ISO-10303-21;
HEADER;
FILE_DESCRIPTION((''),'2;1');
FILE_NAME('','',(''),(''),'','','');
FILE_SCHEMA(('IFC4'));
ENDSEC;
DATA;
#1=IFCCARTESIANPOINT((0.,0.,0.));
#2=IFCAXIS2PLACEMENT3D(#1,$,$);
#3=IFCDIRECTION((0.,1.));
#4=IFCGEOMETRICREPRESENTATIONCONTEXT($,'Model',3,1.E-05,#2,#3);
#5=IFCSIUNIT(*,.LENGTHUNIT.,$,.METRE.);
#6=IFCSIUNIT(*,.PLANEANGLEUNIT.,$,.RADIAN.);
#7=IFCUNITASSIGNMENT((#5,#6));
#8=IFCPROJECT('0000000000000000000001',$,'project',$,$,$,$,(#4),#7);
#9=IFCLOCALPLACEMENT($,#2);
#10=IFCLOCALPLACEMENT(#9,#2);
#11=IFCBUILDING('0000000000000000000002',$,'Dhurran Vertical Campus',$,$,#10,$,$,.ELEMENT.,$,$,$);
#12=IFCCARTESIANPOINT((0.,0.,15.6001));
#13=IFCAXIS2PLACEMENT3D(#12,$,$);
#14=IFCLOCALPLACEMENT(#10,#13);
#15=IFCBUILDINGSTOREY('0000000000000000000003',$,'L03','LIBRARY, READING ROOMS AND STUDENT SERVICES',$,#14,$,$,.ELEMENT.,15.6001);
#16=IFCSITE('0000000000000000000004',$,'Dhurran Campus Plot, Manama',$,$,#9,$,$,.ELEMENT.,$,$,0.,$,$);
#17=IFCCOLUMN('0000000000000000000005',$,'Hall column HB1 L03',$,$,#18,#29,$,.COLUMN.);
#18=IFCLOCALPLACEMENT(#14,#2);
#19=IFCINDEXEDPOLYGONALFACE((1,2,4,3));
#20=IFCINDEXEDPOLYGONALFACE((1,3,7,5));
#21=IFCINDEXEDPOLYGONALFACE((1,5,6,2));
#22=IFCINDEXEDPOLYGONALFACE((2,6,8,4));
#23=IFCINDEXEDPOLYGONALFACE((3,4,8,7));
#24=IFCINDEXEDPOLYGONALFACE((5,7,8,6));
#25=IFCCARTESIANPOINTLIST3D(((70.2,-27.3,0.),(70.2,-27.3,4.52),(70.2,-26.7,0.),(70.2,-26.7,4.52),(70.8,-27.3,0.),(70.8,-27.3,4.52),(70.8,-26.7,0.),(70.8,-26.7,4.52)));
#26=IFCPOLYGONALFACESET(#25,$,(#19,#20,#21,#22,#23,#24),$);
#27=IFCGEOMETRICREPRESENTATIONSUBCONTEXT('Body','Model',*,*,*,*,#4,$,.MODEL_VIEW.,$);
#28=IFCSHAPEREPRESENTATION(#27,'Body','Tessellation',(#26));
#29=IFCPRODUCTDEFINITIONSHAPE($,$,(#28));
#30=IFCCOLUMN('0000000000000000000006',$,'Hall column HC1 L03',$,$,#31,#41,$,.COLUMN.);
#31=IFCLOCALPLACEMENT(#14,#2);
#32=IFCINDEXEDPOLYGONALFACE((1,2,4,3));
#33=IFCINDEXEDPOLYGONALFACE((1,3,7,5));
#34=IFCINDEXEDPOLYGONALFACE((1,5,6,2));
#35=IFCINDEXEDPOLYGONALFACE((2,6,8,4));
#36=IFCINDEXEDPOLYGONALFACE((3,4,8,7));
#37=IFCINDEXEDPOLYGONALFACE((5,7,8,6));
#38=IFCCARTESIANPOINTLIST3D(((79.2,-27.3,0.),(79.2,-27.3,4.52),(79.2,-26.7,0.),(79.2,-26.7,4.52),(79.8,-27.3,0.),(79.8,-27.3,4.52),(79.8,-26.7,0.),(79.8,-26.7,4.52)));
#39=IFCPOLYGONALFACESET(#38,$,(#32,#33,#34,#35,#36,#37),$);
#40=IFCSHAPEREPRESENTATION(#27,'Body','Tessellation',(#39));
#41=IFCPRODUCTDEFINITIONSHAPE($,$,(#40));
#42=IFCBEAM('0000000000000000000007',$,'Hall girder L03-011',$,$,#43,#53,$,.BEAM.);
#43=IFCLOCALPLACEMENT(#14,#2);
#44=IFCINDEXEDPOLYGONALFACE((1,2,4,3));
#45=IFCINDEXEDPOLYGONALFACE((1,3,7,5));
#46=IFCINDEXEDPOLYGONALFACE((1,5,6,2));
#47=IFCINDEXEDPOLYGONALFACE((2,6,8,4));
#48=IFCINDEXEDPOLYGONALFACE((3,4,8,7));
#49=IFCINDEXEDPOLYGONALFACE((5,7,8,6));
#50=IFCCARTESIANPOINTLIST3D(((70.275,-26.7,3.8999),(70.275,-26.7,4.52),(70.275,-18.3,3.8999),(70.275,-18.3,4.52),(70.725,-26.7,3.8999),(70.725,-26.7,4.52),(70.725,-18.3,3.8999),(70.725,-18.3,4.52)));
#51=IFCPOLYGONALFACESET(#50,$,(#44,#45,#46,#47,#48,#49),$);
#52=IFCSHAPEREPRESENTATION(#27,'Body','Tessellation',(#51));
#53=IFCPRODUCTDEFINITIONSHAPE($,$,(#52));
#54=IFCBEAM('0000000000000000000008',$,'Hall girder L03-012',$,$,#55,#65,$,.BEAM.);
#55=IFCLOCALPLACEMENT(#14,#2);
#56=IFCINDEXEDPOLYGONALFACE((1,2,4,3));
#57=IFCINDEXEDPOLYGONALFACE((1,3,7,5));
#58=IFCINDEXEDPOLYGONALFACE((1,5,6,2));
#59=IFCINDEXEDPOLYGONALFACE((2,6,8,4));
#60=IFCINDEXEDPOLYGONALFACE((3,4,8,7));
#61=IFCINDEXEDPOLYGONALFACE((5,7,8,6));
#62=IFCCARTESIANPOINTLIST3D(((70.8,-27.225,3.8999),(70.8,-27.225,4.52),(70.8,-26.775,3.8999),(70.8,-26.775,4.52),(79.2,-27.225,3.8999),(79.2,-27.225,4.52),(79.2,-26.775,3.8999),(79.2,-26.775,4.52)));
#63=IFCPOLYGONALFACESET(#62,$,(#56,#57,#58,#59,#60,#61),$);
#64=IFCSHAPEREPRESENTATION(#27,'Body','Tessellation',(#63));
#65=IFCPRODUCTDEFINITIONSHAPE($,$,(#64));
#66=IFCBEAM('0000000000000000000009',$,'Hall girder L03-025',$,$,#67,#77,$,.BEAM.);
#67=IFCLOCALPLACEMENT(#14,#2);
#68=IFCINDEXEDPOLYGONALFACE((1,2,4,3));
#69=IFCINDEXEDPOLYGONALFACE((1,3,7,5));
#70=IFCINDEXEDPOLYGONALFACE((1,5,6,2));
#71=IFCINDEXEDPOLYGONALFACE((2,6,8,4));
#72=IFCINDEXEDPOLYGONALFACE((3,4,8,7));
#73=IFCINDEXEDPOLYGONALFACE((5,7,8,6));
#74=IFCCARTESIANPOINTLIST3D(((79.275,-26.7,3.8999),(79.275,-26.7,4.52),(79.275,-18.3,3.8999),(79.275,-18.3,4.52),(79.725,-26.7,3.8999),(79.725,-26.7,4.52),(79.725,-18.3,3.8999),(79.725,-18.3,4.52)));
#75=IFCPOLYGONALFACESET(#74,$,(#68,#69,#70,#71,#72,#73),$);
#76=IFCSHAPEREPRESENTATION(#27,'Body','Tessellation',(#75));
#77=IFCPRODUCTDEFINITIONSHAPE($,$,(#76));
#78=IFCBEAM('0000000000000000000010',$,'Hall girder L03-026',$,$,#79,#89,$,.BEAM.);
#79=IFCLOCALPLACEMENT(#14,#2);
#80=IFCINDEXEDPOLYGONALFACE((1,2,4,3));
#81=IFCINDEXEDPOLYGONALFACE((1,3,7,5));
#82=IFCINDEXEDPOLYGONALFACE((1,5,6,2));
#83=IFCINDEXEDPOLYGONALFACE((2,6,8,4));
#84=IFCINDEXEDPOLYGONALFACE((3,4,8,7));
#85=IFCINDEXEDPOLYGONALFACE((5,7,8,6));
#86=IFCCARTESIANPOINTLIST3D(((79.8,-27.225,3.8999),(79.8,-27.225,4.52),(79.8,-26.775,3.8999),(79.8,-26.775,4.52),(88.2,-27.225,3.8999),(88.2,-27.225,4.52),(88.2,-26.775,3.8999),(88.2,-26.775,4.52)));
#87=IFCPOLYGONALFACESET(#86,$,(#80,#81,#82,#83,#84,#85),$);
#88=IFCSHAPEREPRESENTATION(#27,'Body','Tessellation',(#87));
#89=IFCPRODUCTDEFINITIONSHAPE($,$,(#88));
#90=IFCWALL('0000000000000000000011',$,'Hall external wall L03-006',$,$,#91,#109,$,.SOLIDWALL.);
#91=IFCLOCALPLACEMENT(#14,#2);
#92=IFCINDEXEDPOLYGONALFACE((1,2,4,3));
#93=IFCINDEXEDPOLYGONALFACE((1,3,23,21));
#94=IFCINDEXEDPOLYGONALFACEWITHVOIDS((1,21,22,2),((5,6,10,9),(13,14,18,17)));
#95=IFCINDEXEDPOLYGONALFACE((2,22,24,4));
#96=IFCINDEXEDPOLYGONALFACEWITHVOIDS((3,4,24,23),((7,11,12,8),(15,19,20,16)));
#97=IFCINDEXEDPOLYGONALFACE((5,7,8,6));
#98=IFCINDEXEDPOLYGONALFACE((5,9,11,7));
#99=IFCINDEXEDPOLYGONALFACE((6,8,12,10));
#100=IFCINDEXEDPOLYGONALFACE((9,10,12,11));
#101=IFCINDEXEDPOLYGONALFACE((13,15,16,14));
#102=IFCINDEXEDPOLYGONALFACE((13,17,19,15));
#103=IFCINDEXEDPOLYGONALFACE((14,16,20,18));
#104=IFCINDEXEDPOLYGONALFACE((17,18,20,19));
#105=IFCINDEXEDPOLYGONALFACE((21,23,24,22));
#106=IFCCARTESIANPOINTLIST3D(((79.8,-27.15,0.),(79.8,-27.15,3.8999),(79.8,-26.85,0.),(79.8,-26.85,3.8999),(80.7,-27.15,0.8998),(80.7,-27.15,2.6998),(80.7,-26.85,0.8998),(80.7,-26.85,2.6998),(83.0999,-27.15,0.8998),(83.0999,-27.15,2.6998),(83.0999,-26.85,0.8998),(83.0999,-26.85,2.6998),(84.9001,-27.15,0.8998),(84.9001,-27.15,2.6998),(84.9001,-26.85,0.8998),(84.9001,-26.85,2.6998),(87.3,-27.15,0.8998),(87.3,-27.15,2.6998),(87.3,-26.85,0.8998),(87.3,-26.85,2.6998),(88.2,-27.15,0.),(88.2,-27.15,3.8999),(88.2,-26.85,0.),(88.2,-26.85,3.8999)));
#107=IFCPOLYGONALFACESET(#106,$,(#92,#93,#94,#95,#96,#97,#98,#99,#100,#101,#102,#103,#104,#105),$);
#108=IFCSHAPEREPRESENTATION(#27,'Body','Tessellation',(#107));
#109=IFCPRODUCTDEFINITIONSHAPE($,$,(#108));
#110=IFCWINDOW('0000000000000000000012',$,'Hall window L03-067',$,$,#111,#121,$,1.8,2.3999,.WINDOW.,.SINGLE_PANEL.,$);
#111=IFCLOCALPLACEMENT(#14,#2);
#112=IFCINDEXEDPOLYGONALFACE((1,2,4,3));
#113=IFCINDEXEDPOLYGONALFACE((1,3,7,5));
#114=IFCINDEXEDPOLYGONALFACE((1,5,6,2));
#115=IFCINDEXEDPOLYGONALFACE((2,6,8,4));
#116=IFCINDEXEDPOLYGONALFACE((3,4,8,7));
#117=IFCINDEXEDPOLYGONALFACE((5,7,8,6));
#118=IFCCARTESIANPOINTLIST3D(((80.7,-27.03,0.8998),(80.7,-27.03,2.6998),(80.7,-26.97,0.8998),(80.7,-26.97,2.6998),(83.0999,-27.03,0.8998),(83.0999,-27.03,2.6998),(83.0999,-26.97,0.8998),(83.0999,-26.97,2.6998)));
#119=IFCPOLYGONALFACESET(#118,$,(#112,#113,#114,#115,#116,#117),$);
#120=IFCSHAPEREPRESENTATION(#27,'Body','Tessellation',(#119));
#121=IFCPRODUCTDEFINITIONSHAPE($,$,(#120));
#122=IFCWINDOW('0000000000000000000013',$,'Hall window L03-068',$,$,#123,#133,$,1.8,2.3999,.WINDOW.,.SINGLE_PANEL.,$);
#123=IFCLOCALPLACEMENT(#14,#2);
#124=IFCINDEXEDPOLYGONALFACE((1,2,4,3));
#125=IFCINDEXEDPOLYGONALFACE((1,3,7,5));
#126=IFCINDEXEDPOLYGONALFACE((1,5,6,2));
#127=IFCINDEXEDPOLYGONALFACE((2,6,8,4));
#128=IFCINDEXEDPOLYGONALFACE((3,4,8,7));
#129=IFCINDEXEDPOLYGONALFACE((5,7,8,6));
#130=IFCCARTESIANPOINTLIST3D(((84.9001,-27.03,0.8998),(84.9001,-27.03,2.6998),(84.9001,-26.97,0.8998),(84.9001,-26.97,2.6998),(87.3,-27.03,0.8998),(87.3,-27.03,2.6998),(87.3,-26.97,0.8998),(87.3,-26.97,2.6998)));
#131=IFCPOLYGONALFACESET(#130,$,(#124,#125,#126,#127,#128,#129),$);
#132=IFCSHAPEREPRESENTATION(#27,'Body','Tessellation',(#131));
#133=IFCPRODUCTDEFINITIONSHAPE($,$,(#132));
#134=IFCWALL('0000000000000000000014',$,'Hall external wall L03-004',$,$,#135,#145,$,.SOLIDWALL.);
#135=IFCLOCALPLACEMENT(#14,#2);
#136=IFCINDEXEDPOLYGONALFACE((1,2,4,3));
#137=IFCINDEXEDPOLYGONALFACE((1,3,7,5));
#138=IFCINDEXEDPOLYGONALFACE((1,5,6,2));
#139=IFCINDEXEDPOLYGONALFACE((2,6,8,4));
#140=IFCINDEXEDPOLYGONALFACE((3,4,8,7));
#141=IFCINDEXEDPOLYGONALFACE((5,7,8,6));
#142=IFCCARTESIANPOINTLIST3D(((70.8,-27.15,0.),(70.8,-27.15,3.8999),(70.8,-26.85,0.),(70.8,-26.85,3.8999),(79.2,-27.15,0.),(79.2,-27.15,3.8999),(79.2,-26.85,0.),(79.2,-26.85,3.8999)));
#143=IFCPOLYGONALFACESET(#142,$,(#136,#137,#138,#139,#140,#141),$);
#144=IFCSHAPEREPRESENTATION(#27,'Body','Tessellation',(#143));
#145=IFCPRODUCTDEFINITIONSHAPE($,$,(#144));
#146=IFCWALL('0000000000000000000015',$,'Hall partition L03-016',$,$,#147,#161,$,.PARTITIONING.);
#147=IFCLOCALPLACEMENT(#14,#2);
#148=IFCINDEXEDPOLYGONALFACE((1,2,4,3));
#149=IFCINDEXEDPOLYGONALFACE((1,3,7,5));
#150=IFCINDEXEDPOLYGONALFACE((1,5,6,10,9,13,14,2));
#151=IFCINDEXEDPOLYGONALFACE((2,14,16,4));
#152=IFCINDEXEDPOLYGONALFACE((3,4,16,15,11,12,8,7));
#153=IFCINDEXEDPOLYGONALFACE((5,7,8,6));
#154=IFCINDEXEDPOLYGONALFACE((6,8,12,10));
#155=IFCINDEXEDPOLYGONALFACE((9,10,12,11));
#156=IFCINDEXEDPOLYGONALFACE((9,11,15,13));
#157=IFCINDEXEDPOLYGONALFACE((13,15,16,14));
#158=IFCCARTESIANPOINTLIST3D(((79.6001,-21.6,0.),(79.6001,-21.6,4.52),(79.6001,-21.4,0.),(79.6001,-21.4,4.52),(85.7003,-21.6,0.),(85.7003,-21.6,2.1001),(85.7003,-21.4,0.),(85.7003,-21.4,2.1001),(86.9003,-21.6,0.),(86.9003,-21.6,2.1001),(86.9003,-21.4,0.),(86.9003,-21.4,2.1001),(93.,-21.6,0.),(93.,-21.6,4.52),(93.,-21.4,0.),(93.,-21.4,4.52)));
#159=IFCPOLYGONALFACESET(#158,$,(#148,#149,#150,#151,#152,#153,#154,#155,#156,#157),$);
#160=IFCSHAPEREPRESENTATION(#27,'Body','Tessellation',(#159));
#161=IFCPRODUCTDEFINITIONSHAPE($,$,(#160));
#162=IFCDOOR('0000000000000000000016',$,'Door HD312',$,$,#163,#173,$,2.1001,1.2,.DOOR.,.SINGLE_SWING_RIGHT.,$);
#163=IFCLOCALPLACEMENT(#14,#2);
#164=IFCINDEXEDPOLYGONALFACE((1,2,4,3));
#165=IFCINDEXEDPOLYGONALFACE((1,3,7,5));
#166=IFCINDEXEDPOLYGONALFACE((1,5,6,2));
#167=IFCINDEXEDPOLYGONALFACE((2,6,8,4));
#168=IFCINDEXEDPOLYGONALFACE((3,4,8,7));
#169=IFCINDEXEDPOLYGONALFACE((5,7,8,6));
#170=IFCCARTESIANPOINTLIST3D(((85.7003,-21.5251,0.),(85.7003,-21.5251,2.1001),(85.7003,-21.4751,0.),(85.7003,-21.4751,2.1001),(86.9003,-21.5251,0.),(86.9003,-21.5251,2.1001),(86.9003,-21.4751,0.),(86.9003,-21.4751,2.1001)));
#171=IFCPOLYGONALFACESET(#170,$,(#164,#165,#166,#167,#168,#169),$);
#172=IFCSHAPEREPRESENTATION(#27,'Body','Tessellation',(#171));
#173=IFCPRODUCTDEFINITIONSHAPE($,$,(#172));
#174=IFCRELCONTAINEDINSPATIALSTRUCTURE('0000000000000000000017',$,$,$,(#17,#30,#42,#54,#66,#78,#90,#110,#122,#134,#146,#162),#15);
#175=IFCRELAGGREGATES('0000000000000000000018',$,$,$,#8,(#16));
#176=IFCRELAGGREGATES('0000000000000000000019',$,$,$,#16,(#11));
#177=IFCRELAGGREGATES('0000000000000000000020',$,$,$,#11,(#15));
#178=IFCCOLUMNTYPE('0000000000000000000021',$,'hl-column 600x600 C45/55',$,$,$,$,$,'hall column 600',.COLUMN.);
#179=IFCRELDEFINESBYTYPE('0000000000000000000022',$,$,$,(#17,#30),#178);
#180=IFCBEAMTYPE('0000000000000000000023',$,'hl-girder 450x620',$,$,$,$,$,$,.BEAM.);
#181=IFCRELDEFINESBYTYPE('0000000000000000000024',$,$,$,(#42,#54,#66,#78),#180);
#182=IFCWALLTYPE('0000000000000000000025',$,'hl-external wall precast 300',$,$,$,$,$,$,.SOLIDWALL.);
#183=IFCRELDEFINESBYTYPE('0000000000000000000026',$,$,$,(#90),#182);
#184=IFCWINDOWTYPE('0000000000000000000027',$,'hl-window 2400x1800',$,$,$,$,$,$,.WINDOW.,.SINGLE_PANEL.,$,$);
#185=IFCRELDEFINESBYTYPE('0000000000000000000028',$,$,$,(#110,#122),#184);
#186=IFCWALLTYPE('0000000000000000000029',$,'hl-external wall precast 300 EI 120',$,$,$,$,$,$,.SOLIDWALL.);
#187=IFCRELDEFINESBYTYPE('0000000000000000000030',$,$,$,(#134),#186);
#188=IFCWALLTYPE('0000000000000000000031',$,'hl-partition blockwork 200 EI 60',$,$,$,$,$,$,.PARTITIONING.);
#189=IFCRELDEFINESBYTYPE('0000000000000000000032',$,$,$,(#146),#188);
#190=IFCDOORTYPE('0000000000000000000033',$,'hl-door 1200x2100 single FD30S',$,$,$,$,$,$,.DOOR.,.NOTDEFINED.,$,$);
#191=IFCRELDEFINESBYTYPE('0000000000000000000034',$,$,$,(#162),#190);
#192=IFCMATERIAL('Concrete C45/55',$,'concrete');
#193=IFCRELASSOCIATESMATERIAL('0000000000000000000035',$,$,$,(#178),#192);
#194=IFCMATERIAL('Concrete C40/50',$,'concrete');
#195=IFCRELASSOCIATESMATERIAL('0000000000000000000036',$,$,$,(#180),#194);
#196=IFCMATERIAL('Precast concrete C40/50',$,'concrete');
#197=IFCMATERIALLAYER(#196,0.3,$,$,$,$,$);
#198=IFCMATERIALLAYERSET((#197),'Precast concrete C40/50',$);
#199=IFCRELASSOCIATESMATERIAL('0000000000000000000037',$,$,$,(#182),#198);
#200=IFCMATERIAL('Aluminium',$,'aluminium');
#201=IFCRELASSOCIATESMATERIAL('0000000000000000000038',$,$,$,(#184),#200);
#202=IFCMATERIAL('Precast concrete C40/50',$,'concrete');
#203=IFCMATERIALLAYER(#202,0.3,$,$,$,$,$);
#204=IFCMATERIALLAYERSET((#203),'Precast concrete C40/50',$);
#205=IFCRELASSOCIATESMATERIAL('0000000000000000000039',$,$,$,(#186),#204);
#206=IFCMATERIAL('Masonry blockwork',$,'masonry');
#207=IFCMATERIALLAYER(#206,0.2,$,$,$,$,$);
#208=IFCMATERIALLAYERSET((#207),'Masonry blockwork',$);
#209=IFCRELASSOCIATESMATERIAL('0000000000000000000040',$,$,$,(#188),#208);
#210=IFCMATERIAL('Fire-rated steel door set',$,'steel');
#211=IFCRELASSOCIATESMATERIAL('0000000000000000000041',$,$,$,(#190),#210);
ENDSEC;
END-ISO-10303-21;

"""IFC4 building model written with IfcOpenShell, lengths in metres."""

from ifc_helpers import new_model, si_unit, direction, frame, frame_2d, origin, origin_2d, place, context, subcontext, project, spatial, rectangle, extrude, material, layer, layer_set, material_profile, profile_set, type_object, element, fill, save


model = new_model("IFC4")

# Units and contexts
model_context = context("Model", 3, precision=1e-05, world=origin(), true_north=direction((0.0, 1.0)))
body_context = subcontext(model_context, "Body", "Model", "MODEL_VIEW")
ifc_project = project(units=[si_unit("LENGTHUNIT", "METRE"), si_unit("PLANEANGLEUNIT", "RADIAN")], contexts=[model_context])

# Site, building, storey
site_placement = place(None, origin())
site = spatial("IfcSite", under=ifc_project, at=site_placement, Name="Dhurran Campus Plot, Manama", CompositionType="ELEMENT", RefElevation=0.0)
building_placement = place(site_placement, origin())
building = spatial("IfcBuilding", under=site, at=building_placement, Name="Dhurran Vertical Campus", CompositionType="ELEMENT")
storey_placement = place(building_placement, frame((0.0, 0.0, 15.6001)))
storey = spatial("IfcBuildingStorey", under=building, at=storey_placement, Name="L03", Description="LIBRARY, READING ROOMS AND STUDENT SERVICES", CompositionType="ELEMENT", Elevation=15.6001)

# Columns
ifc_material_1 = material(Name="Concrete C45/55", Category="concrete")
ifc_material_profile_1 = material_profile(ifc_material_1, rectangle(XDim=0.6001, YDim=0.6001, at=origin_2d()), Name="hl-column 600x600 C45/55")
ifc_profile_set_1 = profile_set([ifc_material_profile_1], Name="Concrete C45/55")
column_type = type_object("IfcColumnType", Name="hl-column 600x600 C45/55", ElementType="hall column 600", PredefinedType="COLUMN", material=ifc_profile_set_1)
for number, where, z_axis, x_axis, name in (
    (1, (70.5, -27.0, 0.0), (0.0, 0.0, 1.0), (1.0, 0.0, 0.0), "Hall column HB1 L03"),
    (2, (79.5, -27.0, 0.0), (0.0, 0.0, 1.0), (1.0, 0.0, 0.0), "Hall column HC1 L03"),
):
    element("IfcColumn", number, at=place(storey_placement, frame(where, z_axis=z_axis, x_axis=x_axis)), inside=storey, type_object=column_type, Name=name, PredefinedType="COLUMN", context=body_context, shape_type="SweptSolid", body=[
        extrude(rectangle(XDim=0.6001, YDim=0.6001, at=origin_2d()), origin(), (0.0, 0.0, 1.0), 4.52),
    ])

# Beams
ifc_material_2 = material(Name="Concrete C40/50", Category="concrete")
ifc_material_profile_2 = material_profile(ifc_material_2, rectangle(XDim=0.45, YDim=0.6201, at=origin_2d()), Name="hl-girder 450x620")
ifc_profile_set_2 = profile_set([ifc_material_profile_2], Name="Concrete C40/50")
beam_type = type_object("IfcBeamType", Name="hl-girder 450x620", PredefinedType="BEAM", material=ifc_profile_set_2)
for number, where, z_axis, x_axis, name in (
    (3, (70.5, -26.7, 4.21), (0.0, 1.0, 0.0), (-1.0, 0.0, 0.0), "Hall girder L03-011"),
    (4, (70.8, -27.0, 4.21), (1.0, 0.0, 0.0), (0.0, 1.0, 0.0), "Hall girder L03-012"),
    (5, (79.5, -26.7, 4.21), (0.0, 1.0, 0.0), (-1.0, 0.0, 0.0), "Hall girder L03-025"),
    (6, (79.8, -27.0, 4.21), (1.0, 0.0, 0.0), (0.0, 1.0, 0.0), "Hall girder L03-026"),
):
    element("IfcBeam", number, at=place(storey_placement, frame(where, z_axis=z_axis, x_axis=x_axis)), inside=storey, type_object=beam_type, Name=name, PredefinedType="BEAM", context=body_context, shape_type="SweptSolid", body=[
        extrude(rectangle(XDim=0.45, YDim=0.6201, at=origin_2d()), origin(), (0.0, 0.0, 1.0), 8.3999),
    ])

# Wall, openings, windows
ifc_material_3 = material(Name="Precast concrete C40/50", Category="concrete")
ifc_layer_1 = layer(ifc_material_3, 0.3)
ifc_layer_set_1 = layer_set([ifc_layer_1], Name="Precast concrete C40/50")
wall_type_1 = type_object("IfcWallType", Name="hl-external wall precast 300", PredefinedType="SOLIDWALL", material=ifc_layer_set_1)
wall_1_placement = place(storey_placement, frame((79.8, -27.0, 0.0), z_axis=(0.0, 0.0, 1.0), x_axis=(1.0, 0.0, 0.0)))
wall_1 = element("IfcWall", 7, at=wall_1_placement, inside=storey, type_object=wall_type_1, Name="Hall external wall L03-006", PredefinedType="SOLIDWALL", context=body_context, shape_type="SweptSolid", body=[
    extrude(rectangle(XDim=8.3999, YDim=0.3, at=frame_2d((4.2, 0.0))), origin(), (0.0, 0.0, 1.0), 3.8999),
])
opening_1_placement = place(wall_1_placement, frame((0.8999, 0.0, 0.8999)))
opening_1 = element("IfcOpeningElement", 8, at=opening_1_placement, cuts=wall_1, PredefinedType="OPENING", context=body_context, shape_type="SweptSolid", body=[
    extrude(rectangle(XDim=2.3999, YDim=1.8, at=frame_2d((1.2, 0.8999))), frame((0.0, 0.1599, 0.0), z_axis=(0.0, -1.0, 0.0), x_axis=(1.0, 0.0, 0.0)), (0.0, 0.0, 1.0), 0.3201),
])
opening_2_placement = place(wall_1_placement, frame((5.1001, 0.0, 0.8999)))
opening_2 = element("IfcOpeningElement", 9, at=opening_2_placement, cuts=wall_1, PredefinedType="OPENING", context=body_context, shape_type="SweptSolid", body=[
    extrude(rectangle(XDim=2.3999, YDim=1.8, at=frame_2d((1.2, 0.8999))), frame((0.0, 0.1599, 0.0), z_axis=(0.0, -1.0, 0.0), x_axis=(1.0, 0.0, 0.0)), (0.0, 0.0, 1.0), 0.3201),
])
ifc_material_4 = material(Name="Aluminium", Category="aluminium")
window_type = type_object("IfcWindowType", Name="hl-window 2400x1800", PartitioningType="SINGLE_PANEL", PredefinedType="WINDOW", material=ifc_material_4)
window_1_placement = place(opening_1_placement, origin())
window_1 = element("IfcWindow", 10, at=window_1_placement, inside=storey, type_object=window_type, Name="Hall window L03-067", OverallHeight=1.8, OverallWidth=2.3999, PartitioningType="SINGLE_PANEL", PredefinedType="WINDOW", context=body_context, shape_type="SweptSolid", body=[
    extrude(rectangle(XDim=2.3999, YDim=1.8, at=frame_2d((1.2, 0.8999))), frame((0.0, 0.03, 0.0), z_axis=(0.0, -1.0, 0.0), x_axis=(1.0, 0.0, 0.0)), (0.0, 0.0, 1.0), 0.0601),
])
fill(opening_1, window_1)
window_2_placement = place(opening_2_placement, origin())
window_2 = element("IfcWindow", 11, at=window_2_placement, inside=storey, type_object=window_type, Name="Hall window L03-068", OverallHeight=1.8, OverallWidth=2.3999, PartitioningType="SINGLE_PANEL", PredefinedType="WINDOW", context=body_context, shape_type="SweptSolid", body=[
    extrude(rectangle(XDim=2.3999, YDim=1.8, at=frame_2d((1.2, 0.8999))), frame((0.0, 0.03, 0.0), z_axis=(0.0, -1.0, 0.0), x_axis=(1.0, 0.0, 0.0)), (0.0, 0.0, 1.0), 0.0601),
])
fill(opening_2, window_2)

# Wall
ifc_material_5 = material(Name="Precast concrete C40/50", Category="concrete")
ifc_layer_2 = layer(ifc_material_5, 0.3)
ifc_layer_set_2 = layer_set([ifc_layer_2], Name="Precast concrete C40/50")
wall_type_2 = type_object("IfcWallType", Name="hl-external wall precast 300 EI 120", PredefinedType="SOLIDWALL", material=ifc_layer_set_2)
wall_2_placement = place(storey_placement, frame((70.8, -27.0, 0.0), z_axis=(0.0, 0.0, 1.0), x_axis=(1.0, 0.0, 0.0)))
element("IfcWall", 12, at=wall_2_placement, inside=storey, type_object=wall_type_2, Name="Hall external wall L03-004", PredefinedType="SOLIDWALL", context=body_context, shape_type="SweptSolid", body=[
    extrude(rectangle(XDim=8.3999, YDim=0.3, at=frame_2d((4.2, 0.0))), origin(), (0.0, 0.0, 1.0), 3.8999),
])

# Wall, opening, door
ifc_material_6 = material(Name="Masonry blockwork", Category="masonry")
ifc_layer_3 = layer(ifc_material_6, 0.2)
ifc_layer_set_3 = layer_set([ifc_layer_3], Name="Masonry blockwork")
wall_type_3 = type_object("IfcWallType", Name="hl-partition blockwork 200 EI 60", PredefinedType="PARTITIONING", material=ifc_layer_set_3)
wall_3_placement = place(storey_placement, frame((79.6001, -21.5, 0.0), z_axis=(0.0, 0.0, 1.0), x_axis=(1.0, 0.0, 0.0)))
wall_3 = element("IfcWall", 13, at=wall_3_placement, inside=storey, type_object=wall_type_3, Name="Hall partition L03-016", PredefinedType="PARTITIONING", context=body_context, shape_type="SweptSolid", body=[
    extrude(rectangle(XDim=13.3999, YDim=0.2, at=frame_2d((6.7, 0.0))), origin(), (0.0, 0.0, 1.0), 4.52),
])
opening_3_placement = place(wall_3_placement, frame((6.1001, 0.0, 0.0)))
opening_3 = element("IfcOpeningElement", 14, at=opening_3_placement, cuts=wall_3, PredefinedType="OPENING", context=body_context, shape_type="SweptSolid", body=[
    extrude(rectangle(XDim=1.2, YDim=2.1001, at=frame_2d((0.6001, 1.05))), frame((0.0, 0.1099, 0.0), z_axis=(0.0, -1.0, 0.0), x_axis=(1.0, 0.0, 0.0)), (0.0, 0.0, 1.0), 0.22),
])
ifc_material_7 = material(Name="Fire-rated steel door set", Category="steel")
door_type_1 = type_object("IfcDoorType", Name="hl-door 1200x2100 single FD30S", OperationType="NOTDEFINED", PredefinedType="DOOR", material=ifc_material_7)
door_1_placement = place(opening_3_placement, origin())
door_1 = element("IfcDoor", 15, at=door_1_placement, inside=storey, type_object=door_type_1, Name="Door HD312", OperationType="SINGLE_SWING_RIGHT", OverallHeight=2.1001, OverallWidth=1.2, PredefinedType="DOOR", context=body_context, shape_type="SweptSolid", body=[
    extrude(rectangle(XDim=1.2, YDim=2.1001, at=frame_2d((0.6001, 1.05))), frame((0.0, 0.0249, 0.0), z_axis=(0.0, -1.0, 0.0), x_axis=(1.0, 0.0, 0.0)), (0.0, 0.0, 1.0), 0.05),
])
fill(opening_3, door_1)

save(model, "model.ifc")
